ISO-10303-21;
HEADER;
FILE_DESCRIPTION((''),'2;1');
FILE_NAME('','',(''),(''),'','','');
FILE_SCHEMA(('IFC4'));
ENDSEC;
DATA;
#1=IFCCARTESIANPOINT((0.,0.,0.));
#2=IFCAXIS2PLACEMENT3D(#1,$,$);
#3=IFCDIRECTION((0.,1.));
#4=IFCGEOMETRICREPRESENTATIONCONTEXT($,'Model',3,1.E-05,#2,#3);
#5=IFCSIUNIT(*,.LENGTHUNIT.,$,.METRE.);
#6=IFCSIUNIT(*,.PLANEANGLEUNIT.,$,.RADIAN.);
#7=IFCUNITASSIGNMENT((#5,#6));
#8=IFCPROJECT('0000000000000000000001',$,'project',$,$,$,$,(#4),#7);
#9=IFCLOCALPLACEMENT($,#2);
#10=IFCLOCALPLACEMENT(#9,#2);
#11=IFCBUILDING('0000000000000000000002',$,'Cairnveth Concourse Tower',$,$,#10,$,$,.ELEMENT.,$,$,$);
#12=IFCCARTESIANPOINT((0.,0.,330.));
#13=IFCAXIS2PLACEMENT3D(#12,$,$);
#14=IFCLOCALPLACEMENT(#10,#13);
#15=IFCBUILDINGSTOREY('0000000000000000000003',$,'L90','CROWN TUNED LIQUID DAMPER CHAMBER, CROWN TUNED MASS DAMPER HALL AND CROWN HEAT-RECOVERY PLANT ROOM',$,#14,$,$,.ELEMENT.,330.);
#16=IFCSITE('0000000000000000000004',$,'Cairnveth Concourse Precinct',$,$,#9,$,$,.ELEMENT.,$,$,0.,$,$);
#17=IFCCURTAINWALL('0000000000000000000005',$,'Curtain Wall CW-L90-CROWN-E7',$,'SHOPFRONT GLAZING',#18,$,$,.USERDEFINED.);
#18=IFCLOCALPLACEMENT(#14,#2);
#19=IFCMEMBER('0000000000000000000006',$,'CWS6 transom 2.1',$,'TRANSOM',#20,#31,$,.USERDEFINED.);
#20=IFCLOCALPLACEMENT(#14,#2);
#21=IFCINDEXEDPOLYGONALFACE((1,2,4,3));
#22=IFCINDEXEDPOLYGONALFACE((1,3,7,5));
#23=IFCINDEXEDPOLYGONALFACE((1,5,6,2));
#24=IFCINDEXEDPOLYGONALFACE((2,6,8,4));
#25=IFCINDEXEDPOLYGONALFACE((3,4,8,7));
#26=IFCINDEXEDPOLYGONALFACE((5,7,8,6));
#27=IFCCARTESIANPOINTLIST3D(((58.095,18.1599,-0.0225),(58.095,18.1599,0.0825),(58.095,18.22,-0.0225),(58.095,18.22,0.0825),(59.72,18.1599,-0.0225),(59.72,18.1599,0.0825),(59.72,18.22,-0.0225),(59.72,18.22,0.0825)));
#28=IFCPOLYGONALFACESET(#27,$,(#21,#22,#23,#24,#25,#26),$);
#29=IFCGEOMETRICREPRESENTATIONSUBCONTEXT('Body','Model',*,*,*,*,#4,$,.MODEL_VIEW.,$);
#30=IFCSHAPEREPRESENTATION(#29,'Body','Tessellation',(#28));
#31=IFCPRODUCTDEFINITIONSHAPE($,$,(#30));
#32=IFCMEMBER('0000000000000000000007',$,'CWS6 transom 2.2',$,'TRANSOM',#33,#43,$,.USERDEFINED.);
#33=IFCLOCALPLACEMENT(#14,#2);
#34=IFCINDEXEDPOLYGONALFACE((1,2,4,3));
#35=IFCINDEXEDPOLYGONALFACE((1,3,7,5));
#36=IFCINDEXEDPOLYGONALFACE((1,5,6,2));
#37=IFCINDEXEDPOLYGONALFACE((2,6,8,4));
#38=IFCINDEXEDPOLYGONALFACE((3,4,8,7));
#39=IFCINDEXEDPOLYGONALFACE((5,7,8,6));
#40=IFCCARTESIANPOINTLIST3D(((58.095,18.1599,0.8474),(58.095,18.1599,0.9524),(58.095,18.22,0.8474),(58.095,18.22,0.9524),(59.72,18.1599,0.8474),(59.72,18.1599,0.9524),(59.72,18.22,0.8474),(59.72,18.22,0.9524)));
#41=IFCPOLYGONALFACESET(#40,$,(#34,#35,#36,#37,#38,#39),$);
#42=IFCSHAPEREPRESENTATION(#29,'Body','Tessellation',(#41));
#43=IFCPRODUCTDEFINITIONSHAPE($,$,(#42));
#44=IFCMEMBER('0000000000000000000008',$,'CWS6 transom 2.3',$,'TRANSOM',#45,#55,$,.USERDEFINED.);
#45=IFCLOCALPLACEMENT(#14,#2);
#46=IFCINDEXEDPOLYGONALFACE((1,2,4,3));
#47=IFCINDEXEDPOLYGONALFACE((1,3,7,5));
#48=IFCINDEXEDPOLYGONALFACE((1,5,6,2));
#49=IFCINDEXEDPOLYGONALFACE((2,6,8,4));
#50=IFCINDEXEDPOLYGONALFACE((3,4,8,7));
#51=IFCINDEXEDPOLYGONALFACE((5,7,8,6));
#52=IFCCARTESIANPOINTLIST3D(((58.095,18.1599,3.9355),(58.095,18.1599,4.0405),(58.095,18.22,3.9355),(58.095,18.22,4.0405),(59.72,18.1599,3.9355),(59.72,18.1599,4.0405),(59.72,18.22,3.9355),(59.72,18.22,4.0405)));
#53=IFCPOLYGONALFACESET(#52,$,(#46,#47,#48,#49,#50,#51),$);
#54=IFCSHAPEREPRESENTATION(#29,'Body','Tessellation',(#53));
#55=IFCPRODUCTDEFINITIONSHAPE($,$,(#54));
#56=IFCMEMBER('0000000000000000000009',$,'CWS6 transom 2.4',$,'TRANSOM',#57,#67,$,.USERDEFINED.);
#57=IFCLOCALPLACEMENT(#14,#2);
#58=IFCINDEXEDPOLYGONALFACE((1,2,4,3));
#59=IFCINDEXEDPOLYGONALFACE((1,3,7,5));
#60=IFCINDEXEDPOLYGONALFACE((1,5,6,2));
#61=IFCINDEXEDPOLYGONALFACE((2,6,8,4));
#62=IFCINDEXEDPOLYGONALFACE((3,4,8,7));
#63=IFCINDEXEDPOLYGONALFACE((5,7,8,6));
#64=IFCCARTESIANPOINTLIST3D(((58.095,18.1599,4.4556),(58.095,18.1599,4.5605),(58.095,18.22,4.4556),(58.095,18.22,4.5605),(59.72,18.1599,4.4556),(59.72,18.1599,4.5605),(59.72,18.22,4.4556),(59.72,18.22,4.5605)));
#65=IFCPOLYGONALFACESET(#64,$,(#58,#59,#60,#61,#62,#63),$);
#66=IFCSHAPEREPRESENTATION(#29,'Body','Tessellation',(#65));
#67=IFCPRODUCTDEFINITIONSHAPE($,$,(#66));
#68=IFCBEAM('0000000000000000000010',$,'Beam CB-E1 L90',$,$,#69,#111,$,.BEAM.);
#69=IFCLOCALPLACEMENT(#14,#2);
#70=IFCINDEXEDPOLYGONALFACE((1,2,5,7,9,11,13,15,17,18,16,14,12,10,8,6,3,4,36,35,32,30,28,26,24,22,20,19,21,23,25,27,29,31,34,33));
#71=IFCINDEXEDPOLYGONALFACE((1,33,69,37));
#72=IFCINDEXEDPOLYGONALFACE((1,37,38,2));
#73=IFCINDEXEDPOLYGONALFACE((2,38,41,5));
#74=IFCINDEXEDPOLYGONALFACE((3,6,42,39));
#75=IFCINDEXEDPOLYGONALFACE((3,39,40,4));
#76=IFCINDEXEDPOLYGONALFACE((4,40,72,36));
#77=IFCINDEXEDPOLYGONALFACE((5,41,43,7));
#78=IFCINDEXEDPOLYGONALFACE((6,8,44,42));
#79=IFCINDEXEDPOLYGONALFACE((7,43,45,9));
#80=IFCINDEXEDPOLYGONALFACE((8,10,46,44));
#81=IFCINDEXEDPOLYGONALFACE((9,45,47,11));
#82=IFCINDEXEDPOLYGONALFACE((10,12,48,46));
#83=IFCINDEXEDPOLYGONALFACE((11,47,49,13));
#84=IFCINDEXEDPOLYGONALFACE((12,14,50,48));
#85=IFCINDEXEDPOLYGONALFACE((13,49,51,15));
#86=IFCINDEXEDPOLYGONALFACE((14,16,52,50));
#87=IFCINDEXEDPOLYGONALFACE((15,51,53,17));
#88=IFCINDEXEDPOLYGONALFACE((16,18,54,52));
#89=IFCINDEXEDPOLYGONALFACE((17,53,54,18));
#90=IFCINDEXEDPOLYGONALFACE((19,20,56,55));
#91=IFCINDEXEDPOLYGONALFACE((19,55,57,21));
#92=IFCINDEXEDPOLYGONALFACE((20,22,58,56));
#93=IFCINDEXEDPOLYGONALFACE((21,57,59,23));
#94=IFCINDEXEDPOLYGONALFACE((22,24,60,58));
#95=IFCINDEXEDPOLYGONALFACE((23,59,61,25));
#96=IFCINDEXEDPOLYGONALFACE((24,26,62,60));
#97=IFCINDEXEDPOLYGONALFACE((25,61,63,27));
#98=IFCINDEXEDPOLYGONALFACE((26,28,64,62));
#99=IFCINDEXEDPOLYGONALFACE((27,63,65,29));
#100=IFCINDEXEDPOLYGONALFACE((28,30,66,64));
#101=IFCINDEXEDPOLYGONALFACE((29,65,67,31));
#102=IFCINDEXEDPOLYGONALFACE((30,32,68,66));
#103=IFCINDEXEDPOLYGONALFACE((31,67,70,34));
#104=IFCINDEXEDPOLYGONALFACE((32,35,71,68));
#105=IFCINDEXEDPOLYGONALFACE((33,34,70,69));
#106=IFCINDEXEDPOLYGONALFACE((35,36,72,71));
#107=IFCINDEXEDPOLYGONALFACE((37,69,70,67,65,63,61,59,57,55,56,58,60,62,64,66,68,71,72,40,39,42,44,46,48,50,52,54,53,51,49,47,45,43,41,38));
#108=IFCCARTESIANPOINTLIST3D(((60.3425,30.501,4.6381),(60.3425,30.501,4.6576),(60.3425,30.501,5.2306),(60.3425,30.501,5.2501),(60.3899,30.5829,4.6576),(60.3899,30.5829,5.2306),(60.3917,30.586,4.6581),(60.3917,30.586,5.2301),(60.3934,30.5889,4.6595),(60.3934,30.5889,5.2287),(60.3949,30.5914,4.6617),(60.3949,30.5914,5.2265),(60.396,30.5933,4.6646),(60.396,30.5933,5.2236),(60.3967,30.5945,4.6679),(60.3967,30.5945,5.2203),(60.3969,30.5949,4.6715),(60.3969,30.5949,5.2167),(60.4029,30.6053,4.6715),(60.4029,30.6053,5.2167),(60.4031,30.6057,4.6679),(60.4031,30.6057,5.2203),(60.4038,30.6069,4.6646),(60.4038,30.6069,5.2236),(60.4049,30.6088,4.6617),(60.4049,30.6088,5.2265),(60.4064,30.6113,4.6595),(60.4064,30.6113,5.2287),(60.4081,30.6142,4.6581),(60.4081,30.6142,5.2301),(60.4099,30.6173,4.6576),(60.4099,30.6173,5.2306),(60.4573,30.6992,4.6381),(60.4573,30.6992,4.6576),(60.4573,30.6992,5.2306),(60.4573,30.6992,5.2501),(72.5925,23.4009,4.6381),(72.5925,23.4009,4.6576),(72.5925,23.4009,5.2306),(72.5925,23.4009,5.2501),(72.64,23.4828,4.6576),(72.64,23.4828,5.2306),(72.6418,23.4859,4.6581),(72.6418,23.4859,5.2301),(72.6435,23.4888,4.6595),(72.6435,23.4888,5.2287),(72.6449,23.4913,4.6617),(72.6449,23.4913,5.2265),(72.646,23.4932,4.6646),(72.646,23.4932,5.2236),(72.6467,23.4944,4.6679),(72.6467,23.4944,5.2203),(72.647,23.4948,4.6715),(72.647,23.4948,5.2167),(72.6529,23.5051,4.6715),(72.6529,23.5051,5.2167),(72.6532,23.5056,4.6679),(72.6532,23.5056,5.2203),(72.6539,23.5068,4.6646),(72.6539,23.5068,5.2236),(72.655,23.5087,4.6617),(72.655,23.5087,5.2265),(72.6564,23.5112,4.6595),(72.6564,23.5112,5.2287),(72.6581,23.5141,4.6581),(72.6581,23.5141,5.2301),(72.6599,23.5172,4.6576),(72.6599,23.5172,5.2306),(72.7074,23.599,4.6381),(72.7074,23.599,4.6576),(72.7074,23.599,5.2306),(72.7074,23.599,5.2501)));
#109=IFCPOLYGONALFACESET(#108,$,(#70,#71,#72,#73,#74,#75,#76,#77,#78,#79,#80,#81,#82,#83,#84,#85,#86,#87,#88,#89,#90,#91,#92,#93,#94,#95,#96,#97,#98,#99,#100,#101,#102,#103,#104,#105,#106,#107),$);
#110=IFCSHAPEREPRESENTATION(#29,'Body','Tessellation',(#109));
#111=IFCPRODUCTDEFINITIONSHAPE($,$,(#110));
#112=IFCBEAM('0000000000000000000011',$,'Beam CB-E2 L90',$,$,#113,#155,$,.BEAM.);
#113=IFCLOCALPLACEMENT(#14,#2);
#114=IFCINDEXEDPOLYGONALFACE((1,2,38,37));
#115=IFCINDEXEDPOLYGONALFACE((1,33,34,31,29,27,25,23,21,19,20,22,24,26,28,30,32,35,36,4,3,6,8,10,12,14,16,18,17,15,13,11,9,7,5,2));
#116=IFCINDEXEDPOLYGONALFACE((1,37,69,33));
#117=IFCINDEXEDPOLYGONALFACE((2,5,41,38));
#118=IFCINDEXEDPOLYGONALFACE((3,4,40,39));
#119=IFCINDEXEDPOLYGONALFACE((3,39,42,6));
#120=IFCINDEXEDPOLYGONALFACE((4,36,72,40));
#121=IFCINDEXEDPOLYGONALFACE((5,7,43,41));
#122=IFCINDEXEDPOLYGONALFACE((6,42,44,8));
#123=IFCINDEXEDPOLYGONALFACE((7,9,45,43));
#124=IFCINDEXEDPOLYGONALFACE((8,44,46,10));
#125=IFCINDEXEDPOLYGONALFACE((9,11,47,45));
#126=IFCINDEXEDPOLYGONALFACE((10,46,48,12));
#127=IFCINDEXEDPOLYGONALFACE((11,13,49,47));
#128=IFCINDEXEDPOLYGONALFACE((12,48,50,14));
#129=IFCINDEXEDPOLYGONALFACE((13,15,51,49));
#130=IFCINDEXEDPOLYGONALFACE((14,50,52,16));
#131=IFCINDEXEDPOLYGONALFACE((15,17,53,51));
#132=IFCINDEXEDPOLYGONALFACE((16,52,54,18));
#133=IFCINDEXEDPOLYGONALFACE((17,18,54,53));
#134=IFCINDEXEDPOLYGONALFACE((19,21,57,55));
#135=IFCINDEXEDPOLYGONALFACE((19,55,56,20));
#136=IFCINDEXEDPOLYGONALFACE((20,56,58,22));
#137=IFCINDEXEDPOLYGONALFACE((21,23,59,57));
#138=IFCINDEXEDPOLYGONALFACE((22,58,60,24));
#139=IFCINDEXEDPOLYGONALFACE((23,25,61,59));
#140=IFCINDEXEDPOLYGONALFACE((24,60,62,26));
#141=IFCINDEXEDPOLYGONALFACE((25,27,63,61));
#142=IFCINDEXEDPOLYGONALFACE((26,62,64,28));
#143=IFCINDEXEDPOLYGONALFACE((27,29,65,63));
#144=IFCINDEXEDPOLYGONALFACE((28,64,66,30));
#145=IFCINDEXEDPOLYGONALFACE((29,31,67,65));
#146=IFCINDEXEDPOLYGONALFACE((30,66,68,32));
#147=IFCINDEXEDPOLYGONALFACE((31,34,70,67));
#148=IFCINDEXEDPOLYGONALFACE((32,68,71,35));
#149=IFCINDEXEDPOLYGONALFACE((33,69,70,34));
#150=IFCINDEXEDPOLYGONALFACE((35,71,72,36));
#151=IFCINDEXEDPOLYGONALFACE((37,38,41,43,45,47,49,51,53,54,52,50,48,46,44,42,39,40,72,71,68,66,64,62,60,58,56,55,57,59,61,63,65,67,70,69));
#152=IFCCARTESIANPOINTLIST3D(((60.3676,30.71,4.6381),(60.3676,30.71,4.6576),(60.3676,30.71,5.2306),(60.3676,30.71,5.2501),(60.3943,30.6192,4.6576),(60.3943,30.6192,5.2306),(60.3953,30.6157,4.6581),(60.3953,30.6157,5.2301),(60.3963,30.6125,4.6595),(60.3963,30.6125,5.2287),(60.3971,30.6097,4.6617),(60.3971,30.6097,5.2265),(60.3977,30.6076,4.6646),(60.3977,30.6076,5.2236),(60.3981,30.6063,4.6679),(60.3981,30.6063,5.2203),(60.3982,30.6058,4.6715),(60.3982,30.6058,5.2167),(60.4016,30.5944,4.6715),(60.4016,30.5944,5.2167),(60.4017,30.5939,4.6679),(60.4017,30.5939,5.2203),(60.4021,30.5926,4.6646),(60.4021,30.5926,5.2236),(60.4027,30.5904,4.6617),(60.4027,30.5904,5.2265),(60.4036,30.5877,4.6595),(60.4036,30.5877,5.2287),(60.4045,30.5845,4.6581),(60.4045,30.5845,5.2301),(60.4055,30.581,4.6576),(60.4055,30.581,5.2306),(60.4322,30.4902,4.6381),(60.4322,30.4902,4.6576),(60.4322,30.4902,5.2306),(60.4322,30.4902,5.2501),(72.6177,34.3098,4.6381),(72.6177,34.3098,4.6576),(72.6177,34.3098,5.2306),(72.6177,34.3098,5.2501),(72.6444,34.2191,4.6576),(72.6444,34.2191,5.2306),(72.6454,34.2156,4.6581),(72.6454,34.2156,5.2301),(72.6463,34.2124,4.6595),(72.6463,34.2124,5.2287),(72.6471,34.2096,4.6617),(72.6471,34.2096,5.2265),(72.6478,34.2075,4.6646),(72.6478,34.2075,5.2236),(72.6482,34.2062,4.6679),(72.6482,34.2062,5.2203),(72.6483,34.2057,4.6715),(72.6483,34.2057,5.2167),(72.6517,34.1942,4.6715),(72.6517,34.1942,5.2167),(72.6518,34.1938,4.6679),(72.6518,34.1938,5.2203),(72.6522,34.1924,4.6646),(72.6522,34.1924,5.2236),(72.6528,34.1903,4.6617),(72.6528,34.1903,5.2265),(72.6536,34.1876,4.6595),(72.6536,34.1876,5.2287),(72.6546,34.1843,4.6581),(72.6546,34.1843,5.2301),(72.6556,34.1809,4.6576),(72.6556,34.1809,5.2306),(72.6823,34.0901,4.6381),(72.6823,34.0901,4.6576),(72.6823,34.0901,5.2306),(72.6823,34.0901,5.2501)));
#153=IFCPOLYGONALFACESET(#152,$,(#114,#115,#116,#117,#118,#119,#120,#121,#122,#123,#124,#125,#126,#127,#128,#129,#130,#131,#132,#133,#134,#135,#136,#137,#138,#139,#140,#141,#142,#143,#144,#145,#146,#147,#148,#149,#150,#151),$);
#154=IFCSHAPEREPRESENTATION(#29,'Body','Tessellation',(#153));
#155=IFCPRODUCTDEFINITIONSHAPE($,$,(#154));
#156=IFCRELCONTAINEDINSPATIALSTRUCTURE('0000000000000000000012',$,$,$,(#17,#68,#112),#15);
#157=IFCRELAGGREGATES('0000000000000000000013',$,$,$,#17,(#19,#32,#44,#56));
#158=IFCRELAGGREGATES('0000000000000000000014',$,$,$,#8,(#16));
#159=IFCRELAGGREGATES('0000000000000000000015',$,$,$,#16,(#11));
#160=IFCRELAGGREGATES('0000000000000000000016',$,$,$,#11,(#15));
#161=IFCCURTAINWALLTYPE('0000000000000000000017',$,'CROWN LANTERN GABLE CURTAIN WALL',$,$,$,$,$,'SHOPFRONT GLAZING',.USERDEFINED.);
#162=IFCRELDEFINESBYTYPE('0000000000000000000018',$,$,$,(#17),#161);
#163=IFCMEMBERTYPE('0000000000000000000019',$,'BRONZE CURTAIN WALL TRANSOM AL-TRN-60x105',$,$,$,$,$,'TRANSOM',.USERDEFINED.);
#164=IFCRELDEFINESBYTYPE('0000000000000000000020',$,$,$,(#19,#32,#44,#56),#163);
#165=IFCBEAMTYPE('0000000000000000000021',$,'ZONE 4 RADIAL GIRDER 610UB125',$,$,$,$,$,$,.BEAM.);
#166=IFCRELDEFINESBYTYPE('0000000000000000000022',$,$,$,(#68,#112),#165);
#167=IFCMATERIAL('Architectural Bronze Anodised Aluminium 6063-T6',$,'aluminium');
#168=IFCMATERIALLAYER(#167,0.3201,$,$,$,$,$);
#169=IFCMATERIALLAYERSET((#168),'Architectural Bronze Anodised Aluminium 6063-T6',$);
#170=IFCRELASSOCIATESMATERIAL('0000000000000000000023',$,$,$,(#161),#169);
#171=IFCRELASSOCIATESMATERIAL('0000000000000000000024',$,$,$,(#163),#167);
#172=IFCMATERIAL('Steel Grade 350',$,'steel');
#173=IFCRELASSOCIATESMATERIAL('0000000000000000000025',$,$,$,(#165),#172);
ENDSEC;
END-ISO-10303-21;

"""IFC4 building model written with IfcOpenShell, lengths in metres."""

from ifc_helpers import new_model, si_unit, direction, frame, origin, origin_2d, place, context, subcontext, project, spatial, rectangle, i_section, extrude, material, layer, layer_set, material_profile, profile_set, type_object, element, aggregate, save


model = new_model("IFC4")

# Units and contexts
model_context = context("Model", 3, precision=1e-05, world=origin(), true_north=direction((0.0, 1.0)))
body_context = subcontext(model_context, "Body", "Model", "MODEL_VIEW")
ifc_project = project(units=[si_unit("LENGTHUNIT", "METRE"), si_unit("PLANEANGLEUNIT", "RADIAN")], contexts=[model_context])

# Site, building, storey
site_placement = place(None, origin())
site = spatial("IfcSite", under=ifc_project, at=site_placement, Name="Cairnveth Concourse Precinct", CompositionType="ELEMENT", RefElevation=0.0)
building_placement = place(site_placement, origin())
building = spatial("IfcBuilding", under=site, at=building_placement, Name="Cairnveth Concourse Tower", CompositionType="ELEMENT")
storey_placement = place(building_placement, frame((0.0, 0.0, 330.0)))
storey = spatial("IfcBuildingStorey", under=building, at=storey_placement, Name="L90", Description="CROWN TUNED LIQUID DAMPER CHAMBER, CROWN TUNED MASS DAMPER HALL AND CROWN HEAT-RECOVERY PLANT ROOM", CompositionType="ELEMENT", Elevation=330.0)

# Shared definitions
ifc_material_1 = material(Name="Steel Grade 350", Category="steel")

# Curtain wall, members
ifc_material_2 = material(Name="Architectural Bronze Anodised Aluminium 6063-T6", Category="aluminium")
ifc_layer_1 = layer(ifc_material_2, 0.3201)
ifc_layer_set_1 = layer_set([ifc_layer_1], Name="Architectural Bronze Anodised Aluminium 6063-T6")
curtain_wall_type = type_object("IfcCurtainWallType", Name="CROWN LANTERN GABLE CURTAIN WALL", ElementType="SHOPFRONT GLAZING", PredefinedType="USERDEFINED", material=ifc_layer_set_1)
curtain_wall_placement = place(storey_placement, origin())
curtain_wall = element("IfcCurtainWall", 1, at=curtain_wall_placement, inside=storey, type_object=curtain_wall_type, Name="Curtain Wall CW-L90-CROWN-E7", ObjectType="SHOPFRONT GLAZING", PredefinedType="USERDEFINED")
ifc_material_profile_1 = material_profile(ifc_material_2, rectangle(XDim=0.0601, YDim=0.105, at=origin_2d()), Name="AL-TRN-60x105")
ifc_profile_set_1 = profile_set([ifc_material_profile_1], Name="Architectural Bronze Anodised Aluminium 6063-T6")
member_type_1 = type_object("IfcMemberType", Name="BRONZE CURTAIN WALL TRANSOM AL-TRN-60x105", ElementType="TRANSOM", PredefinedType="USERDEFINED", material=ifc_profile_set_1)
member_1_placement = place(storey_placement, frame((59.72, 18.1899, 0.03), z_axis=(-1.0, 0.0, 0.0), x_axis=(0.0, -1.0, 0.0)))
member_1 = element("IfcMember", 2, at=member_1_placement, type_object=member_type_1, Name="CWS6 transom 2.1", ObjectType="TRANSOM", PredefinedType="USERDEFINED", context=body_context, shape_type="SweptSolid", body=[
    extrude(rectangle(XDim=0.0601, YDim=0.105, at=origin_2d()), origin(), (0.0, 0.0, 1.0), 1.625),
])
member_2_placement = place(storey_placement, frame((59.72, 18.1899, 0.8999), z_axis=(-1.0, 0.0, 0.0), x_axis=(0.0, -1.0, 0.0)))
member_2 = element("IfcMember", 3, at=member_2_placement, type_object=member_type_1, Name="CWS6 transom 2.2", ObjectType="TRANSOM", PredefinedType="USERDEFINED", context=body_context, shape_type="SweptSolid", body=[
    extrude(rectangle(XDim=0.0601, YDim=0.105, at=origin_2d()), origin(), (0.0, 0.0, 1.0), 1.625),
])
member_3_placement = place(storey_placement, frame((59.72, 18.1899, 3.988), z_axis=(-1.0, 0.0, 0.0), x_axis=(0.0, -1.0, 0.0)))
member_3 = element("IfcMember", 4, at=member_3_placement, type_object=member_type_1, Name="CWS6 transom 2.3", ObjectType="TRANSOM", PredefinedType="USERDEFINED", context=body_context, shape_type="SweptSolid", body=[
    extrude(rectangle(XDim=0.0601, YDim=0.105, at=origin_2d()), origin(), (0.0, 0.0, 1.0), 1.625),
])
member_4_placement = place(storey_placement, frame((59.72, 18.1899, 4.5081), z_axis=(-1.0, 0.0, 0.0), x_axis=(0.0, -1.0, 0.0)))
member_4 = element("IfcMember", 5, at=member_4_placement, type_object=member_type_1, Name="CWS6 transom 2.4", ObjectType="TRANSOM", PredefinedType="USERDEFINED", context=body_context, shape_type="SweptSolid", body=[
    extrude(rectangle(XDim=0.0601, YDim=0.105, at=origin_2d()), origin(), (0.0, 0.0, 1.0), 1.625),
])

# Beams
ifc_material_profile_2 = material_profile(ifc_material_1, i_section(OverallWidth=0.229, OverallDepth=0.6121, WebThickness=0.012, FlangeThickness=0.0195, FilletRadius=0.0139, at=origin_2d()), Name="610UB125")
ifc_profile_set_2 = profile_set([ifc_material_profile_2], Name="Steel Grade 350")
beam_type_1 = type_object("IfcBeamType", Name="ZONE 4 RADIAL GIRDER 610UB125", PredefinedType="BEAM", material=ifc_profile_set_2)
beam_1_placement = place(storey_placement, frame((60.3999, 30.6001, 4.9441), z_axis=(0.865181, -0.501459, 0.0), x_axis=(0.501459, 0.865181, 0.0)))
element("IfcBeam", 6, at=beam_1_placement, inside=storey, type_object=beam_type_1, Name="Beam CB-E1 L90", PredefinedType="BEAM", context=body_context, shape_type="SweptSolid", body=[
    extrude(i_section(OverallWidth=0.229, OverallDepth=0.6121, WebThickness=0.012, FlangeThickness=0.0195, FilletRadius=0.0139, at=origin_2d()), origin(), (0.0, 0.0, 1.0), 14.1589),
])
beam_2_placement = place(storey_placement, frame((60.3999, 30.6001, 4.9441), z_axis=(0.959431, 0.281944, 0.0), x_axis=(-0.281944, 0.959431, 0.0)))
element("IfcBeam", 7, at=beam_2_placement, inside=storey, type_object=beam_type_1, Name="Beam CB-E2 L90", PredefinedType="BEAM", context=body_context, shape_type="SweptSolid", body=[
    extrude(i_section(OverallWidth=0.229, OverallDepth=0.6121, WebThickness=0.012, FlangeThickness=0.0195, FilletRadius=0.0139, at=origin_2d()), origin(), (0.0, 0.0, 1.0), 12.7681),
])

aggregate(curtain_wall, [member_1, member_2, member_3, member_4])

save(model, "model.ifc")
